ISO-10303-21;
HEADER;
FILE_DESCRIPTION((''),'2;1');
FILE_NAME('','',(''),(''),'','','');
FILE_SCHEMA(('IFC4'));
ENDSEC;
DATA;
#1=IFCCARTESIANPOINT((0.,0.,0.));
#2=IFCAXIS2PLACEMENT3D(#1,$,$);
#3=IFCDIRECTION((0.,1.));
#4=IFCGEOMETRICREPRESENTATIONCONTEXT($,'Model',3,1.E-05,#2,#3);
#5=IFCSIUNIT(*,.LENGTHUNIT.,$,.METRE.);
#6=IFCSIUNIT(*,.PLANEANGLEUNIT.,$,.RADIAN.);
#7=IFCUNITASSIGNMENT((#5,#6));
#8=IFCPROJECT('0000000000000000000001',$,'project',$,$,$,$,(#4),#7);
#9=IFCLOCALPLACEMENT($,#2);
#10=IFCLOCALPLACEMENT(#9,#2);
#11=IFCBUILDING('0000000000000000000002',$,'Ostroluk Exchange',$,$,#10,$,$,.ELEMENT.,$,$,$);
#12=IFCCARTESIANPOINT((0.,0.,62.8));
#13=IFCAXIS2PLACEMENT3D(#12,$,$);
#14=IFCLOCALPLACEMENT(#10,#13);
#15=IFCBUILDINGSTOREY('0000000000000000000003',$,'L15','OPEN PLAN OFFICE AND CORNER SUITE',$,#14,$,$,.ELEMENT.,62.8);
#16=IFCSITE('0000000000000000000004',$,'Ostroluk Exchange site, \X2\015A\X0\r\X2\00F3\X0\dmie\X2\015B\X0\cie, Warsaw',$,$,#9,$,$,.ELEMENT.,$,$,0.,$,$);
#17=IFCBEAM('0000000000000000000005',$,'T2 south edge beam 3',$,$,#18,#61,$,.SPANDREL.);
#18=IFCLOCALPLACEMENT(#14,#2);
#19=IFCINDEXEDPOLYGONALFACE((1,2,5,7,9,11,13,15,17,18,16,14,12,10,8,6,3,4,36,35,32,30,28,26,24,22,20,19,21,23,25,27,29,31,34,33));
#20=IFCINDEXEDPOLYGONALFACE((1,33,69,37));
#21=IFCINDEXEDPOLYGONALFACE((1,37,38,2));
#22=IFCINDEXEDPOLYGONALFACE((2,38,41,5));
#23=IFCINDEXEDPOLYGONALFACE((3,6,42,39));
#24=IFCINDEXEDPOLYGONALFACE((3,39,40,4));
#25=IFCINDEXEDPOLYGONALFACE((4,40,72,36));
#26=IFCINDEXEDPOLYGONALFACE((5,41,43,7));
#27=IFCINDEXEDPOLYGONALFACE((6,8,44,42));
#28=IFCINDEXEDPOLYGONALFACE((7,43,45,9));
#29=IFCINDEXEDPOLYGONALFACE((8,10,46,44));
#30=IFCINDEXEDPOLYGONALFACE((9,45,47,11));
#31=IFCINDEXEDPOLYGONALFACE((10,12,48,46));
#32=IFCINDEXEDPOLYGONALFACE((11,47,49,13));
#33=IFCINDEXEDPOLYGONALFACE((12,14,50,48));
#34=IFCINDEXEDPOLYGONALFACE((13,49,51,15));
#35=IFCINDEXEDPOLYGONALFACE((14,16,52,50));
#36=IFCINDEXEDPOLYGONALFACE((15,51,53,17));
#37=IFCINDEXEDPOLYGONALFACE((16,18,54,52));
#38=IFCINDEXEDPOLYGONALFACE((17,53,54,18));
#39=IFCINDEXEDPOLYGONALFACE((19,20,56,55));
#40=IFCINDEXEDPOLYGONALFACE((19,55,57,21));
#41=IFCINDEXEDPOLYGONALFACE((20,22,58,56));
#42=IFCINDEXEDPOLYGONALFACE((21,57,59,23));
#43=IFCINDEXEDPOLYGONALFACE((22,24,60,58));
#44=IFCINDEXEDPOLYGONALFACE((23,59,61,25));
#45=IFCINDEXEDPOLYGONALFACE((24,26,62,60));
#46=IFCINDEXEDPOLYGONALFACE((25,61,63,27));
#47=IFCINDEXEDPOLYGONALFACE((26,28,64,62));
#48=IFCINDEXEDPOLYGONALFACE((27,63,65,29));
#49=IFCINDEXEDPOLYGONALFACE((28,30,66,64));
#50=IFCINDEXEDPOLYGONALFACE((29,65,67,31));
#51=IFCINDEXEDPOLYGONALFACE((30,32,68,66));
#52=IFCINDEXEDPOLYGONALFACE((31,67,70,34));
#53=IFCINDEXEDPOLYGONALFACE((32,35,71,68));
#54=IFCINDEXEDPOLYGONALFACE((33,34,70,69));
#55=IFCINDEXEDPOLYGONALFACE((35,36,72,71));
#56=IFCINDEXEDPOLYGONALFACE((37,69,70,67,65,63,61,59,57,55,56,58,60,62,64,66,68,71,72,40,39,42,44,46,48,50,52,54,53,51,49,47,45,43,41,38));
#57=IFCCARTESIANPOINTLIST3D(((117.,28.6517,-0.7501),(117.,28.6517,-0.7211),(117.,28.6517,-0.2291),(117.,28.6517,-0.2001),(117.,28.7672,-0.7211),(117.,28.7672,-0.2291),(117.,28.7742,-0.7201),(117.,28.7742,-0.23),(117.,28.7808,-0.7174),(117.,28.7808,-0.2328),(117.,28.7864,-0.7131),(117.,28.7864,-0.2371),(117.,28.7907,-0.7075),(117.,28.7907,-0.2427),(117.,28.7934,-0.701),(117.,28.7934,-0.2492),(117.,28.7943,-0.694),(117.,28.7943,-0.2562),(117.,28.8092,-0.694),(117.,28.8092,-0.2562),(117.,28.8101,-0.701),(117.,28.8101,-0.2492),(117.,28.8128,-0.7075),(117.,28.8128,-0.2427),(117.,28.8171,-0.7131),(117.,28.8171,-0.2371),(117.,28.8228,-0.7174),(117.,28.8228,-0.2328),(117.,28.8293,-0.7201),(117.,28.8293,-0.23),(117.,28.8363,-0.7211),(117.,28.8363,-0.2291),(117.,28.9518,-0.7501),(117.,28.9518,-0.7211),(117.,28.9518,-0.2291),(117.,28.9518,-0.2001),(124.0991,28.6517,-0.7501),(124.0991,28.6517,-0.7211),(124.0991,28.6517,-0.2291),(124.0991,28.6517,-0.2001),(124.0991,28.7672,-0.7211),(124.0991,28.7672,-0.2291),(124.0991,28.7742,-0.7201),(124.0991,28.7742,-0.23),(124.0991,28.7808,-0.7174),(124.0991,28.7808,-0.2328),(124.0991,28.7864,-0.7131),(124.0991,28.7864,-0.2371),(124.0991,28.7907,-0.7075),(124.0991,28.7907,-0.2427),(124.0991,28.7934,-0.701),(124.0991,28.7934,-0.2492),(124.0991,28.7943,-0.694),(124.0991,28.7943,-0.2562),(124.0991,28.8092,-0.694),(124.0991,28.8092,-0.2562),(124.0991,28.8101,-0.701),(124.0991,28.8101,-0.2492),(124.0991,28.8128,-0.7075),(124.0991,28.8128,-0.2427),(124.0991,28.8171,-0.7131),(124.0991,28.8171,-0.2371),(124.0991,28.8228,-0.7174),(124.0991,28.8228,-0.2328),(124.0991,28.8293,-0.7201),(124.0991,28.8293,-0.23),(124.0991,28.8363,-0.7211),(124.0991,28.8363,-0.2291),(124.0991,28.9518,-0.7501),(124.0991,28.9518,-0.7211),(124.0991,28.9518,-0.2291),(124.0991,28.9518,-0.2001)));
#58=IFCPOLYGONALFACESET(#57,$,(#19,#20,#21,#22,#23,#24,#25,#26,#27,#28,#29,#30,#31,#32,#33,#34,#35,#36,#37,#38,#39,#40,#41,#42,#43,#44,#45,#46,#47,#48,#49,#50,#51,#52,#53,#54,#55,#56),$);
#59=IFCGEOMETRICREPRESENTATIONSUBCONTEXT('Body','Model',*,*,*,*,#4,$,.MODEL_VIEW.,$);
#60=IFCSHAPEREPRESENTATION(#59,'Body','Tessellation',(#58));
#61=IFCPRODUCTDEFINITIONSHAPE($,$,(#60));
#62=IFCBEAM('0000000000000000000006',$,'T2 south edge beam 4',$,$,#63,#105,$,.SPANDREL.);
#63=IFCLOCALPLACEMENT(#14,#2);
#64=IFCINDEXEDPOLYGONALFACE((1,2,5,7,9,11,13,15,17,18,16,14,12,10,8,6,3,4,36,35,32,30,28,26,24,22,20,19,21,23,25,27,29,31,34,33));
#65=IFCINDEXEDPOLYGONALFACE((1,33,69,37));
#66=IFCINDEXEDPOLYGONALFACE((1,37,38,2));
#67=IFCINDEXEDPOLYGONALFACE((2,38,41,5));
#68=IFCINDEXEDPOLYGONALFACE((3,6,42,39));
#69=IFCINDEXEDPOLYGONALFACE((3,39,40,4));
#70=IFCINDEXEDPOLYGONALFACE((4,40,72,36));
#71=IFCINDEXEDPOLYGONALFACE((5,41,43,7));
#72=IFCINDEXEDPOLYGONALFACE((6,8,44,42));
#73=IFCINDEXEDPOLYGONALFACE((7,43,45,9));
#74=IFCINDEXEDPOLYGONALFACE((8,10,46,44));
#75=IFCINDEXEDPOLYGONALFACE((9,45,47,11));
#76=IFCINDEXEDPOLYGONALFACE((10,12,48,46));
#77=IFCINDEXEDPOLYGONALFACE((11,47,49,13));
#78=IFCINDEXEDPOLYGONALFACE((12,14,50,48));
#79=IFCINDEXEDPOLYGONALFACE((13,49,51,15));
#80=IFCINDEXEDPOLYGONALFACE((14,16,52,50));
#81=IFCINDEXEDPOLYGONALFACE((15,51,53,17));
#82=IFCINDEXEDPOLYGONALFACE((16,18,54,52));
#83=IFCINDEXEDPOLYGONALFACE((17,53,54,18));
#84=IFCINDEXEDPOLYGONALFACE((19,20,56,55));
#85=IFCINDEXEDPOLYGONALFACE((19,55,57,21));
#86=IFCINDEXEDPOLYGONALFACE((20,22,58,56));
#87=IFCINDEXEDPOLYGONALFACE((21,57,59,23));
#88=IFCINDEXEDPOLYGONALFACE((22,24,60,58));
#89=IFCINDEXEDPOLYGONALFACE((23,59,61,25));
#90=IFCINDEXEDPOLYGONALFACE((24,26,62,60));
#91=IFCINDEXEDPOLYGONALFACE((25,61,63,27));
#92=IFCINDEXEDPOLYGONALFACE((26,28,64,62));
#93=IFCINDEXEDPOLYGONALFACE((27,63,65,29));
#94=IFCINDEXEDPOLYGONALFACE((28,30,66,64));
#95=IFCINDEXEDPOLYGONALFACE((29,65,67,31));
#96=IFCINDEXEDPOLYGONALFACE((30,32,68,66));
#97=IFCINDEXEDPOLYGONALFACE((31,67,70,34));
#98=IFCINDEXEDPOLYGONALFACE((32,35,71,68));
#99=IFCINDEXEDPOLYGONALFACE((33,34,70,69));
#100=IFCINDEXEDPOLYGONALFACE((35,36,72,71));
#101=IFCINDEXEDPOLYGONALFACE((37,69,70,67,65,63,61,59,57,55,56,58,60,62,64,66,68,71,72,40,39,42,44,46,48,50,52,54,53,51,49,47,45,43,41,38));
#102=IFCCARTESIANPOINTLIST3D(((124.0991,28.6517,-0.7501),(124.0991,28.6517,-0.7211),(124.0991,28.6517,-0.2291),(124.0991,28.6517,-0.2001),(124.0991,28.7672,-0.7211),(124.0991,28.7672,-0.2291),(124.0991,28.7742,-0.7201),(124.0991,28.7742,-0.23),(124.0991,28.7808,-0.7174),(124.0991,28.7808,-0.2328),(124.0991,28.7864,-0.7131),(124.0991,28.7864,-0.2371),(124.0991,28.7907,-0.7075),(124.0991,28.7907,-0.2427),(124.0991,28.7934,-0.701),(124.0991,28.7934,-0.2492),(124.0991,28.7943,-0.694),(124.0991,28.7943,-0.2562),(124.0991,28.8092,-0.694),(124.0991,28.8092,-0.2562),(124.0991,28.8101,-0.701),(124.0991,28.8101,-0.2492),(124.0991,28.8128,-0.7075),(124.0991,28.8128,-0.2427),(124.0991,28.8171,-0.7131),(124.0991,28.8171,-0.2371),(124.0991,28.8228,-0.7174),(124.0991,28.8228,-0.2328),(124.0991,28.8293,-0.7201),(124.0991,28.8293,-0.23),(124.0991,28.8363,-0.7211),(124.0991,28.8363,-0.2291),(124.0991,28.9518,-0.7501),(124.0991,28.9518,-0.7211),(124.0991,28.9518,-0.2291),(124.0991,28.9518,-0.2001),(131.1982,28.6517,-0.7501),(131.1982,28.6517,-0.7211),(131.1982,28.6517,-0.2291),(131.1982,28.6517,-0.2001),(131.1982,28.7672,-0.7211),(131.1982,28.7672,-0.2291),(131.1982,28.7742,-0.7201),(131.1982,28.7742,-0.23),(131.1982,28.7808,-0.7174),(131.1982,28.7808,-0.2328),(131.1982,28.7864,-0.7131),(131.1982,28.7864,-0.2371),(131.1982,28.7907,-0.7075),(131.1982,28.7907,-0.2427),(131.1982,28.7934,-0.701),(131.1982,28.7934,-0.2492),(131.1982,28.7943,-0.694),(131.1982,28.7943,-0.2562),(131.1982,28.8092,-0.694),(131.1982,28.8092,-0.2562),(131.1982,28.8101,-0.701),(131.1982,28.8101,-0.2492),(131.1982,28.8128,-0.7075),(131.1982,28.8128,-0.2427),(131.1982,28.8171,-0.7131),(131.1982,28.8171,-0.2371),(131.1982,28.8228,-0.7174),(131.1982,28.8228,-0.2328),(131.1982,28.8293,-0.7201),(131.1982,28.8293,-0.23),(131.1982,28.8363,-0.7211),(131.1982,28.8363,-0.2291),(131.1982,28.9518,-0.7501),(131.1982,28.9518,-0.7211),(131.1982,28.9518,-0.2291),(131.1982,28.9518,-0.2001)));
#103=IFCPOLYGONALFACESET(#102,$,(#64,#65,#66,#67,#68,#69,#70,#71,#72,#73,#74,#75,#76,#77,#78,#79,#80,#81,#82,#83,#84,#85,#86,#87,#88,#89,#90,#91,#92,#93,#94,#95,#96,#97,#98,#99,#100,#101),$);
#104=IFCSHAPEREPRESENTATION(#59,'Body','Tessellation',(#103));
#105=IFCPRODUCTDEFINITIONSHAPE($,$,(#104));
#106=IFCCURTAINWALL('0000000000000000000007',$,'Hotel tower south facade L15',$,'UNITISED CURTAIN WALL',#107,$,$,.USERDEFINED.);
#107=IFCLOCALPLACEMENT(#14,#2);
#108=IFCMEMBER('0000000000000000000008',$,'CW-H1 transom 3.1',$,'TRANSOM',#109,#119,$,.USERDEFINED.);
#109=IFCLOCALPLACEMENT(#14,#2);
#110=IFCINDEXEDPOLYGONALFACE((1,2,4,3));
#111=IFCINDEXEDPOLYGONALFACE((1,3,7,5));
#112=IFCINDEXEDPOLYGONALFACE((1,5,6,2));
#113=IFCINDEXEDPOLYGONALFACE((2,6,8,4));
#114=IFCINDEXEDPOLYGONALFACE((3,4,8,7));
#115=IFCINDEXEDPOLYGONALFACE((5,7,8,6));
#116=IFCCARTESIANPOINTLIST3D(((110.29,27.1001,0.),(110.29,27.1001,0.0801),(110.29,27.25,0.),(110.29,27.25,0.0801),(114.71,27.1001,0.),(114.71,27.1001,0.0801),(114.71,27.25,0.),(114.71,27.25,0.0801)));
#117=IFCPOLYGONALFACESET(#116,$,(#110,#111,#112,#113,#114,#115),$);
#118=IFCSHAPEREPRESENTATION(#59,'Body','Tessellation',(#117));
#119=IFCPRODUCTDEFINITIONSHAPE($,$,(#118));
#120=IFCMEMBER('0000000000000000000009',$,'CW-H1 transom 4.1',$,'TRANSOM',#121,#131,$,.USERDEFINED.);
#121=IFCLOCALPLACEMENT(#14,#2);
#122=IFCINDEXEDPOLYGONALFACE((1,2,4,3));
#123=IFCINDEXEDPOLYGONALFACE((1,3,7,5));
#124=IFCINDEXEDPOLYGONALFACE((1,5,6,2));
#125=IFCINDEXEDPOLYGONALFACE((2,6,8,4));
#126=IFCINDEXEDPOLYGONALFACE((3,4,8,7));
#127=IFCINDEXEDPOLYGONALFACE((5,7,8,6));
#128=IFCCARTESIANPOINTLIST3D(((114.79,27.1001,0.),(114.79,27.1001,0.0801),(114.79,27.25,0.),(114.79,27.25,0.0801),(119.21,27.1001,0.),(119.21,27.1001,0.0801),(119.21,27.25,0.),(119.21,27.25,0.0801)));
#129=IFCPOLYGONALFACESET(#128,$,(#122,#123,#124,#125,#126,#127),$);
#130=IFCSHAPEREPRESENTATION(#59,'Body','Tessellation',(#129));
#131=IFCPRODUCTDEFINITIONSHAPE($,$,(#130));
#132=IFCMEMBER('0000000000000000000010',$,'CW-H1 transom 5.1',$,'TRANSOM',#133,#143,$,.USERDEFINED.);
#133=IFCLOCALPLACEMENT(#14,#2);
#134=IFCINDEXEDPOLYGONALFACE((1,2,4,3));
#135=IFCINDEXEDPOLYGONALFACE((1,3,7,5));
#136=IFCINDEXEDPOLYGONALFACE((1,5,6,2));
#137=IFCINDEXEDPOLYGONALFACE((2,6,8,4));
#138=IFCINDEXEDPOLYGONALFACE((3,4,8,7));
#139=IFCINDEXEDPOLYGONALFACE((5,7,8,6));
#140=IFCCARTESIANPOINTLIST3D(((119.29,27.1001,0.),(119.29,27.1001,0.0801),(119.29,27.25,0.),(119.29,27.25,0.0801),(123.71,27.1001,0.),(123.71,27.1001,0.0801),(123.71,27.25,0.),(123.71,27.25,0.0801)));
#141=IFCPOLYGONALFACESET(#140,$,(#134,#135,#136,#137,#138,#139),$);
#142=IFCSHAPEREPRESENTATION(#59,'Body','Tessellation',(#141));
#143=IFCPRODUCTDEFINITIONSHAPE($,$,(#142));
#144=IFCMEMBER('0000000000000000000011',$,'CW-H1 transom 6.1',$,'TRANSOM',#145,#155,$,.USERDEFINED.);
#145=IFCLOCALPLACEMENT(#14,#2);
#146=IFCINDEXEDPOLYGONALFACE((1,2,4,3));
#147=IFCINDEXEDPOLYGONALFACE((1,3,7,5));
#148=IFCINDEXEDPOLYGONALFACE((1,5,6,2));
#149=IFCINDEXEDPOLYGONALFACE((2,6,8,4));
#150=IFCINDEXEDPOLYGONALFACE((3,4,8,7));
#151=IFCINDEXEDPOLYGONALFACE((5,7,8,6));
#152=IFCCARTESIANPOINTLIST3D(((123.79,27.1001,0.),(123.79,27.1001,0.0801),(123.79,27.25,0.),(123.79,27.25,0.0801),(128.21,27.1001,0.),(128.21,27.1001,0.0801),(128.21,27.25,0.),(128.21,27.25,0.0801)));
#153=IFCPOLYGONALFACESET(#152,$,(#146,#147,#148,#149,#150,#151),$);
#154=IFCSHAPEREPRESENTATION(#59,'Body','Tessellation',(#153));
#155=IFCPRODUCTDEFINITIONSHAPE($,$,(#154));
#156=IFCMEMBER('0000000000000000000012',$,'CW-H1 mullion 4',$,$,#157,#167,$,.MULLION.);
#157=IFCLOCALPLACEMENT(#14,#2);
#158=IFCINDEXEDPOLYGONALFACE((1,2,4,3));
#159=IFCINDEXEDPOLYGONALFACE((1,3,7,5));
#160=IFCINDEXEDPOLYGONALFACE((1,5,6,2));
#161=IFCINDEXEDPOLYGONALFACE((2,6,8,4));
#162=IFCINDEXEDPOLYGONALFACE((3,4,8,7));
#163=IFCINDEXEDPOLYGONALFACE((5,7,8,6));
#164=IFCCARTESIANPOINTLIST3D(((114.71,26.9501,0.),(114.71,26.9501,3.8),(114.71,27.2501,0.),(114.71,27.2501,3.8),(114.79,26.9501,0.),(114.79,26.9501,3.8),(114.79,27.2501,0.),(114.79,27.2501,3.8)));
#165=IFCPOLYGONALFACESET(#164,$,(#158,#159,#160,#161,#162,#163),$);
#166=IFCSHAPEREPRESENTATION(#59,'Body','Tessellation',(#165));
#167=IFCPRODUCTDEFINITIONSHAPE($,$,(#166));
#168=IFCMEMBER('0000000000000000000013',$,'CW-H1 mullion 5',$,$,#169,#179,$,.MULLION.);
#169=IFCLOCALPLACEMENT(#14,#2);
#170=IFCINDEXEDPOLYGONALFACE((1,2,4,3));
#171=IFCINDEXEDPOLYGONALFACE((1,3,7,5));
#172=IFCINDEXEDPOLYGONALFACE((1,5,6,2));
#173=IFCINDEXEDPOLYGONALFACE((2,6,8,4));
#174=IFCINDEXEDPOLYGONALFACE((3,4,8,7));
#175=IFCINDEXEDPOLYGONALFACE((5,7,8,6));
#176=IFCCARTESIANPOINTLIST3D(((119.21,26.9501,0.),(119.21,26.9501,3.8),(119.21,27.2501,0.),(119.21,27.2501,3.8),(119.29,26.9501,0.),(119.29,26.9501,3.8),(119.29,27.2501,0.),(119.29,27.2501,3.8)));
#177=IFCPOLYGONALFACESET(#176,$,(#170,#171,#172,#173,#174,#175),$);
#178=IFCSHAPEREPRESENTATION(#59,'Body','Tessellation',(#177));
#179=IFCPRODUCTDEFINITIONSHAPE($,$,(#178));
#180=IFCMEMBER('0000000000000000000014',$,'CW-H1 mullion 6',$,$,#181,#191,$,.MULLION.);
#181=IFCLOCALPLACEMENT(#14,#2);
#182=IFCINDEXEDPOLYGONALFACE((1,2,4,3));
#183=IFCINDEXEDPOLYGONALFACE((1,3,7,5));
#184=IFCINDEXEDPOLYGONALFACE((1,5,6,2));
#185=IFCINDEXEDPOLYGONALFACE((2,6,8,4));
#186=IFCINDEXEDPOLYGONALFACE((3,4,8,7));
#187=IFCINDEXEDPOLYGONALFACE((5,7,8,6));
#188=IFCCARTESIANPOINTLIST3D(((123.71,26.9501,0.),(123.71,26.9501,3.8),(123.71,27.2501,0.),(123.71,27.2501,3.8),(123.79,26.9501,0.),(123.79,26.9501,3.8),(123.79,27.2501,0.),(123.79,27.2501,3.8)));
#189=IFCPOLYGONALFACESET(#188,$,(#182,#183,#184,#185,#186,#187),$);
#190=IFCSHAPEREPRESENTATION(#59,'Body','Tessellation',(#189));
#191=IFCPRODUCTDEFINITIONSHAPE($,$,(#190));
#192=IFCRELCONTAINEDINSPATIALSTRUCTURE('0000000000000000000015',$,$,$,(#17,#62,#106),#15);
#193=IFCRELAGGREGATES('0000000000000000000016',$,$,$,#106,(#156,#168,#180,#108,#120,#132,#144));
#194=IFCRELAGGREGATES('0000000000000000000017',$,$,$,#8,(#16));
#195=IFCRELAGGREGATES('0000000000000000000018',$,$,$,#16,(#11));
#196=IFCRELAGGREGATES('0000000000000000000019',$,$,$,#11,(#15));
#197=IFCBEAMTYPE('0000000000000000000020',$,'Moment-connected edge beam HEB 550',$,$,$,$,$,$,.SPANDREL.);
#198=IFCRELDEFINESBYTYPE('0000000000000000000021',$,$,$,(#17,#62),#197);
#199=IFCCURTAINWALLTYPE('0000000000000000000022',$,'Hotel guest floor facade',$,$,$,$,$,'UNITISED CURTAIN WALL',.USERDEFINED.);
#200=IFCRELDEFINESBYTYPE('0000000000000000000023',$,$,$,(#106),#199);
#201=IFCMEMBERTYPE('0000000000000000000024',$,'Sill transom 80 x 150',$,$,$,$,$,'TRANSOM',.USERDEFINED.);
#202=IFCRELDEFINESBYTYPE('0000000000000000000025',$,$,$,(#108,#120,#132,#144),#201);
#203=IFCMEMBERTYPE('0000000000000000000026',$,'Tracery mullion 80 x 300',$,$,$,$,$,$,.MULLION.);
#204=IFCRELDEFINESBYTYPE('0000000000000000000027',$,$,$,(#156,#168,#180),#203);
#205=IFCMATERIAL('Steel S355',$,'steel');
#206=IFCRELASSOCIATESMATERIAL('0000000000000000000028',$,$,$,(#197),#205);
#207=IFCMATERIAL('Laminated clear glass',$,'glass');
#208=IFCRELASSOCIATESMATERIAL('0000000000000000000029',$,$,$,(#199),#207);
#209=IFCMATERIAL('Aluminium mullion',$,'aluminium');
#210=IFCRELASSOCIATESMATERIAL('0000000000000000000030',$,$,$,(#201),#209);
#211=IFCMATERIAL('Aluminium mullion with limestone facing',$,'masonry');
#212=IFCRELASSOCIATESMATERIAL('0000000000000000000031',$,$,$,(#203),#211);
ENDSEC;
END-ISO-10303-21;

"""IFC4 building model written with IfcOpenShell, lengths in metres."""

from ifc_helpers import new_model, si_unit, direction, frame, origin, origin_2d, place, context, subcontext, project, spatial, rectangle, i_section, extrude, material, material_profile, profile_set, type_object, element, aggregate, save


model = new_model("IFC4")

# Units and contexts
model_context = context("Model", 3, precision=1e-05, world=origin(), true_north=direction((0.0, 1.0)))
body_context = subcontext(model_context, "Body", "Model", "MODEL_VIEW")
ifc_project = project(units=[si_unit("LENGTHUNIT", "METRE"), si_unit("PLANEANGLEUNIT", "RADIAN")], contexts=[model_context])

# Site, building, storey
site_placement = place(None, origin())
site = spatial("IfcSite", under=ifc_project, at=site_placement, Name="Ostroluk Exchange site, Śródmieście, Warsaw", CompositionType="ELEMENT", RefElevation=0.0)
building_placement = place(site_placement, origin())
building = spatial("IfcBuilding", under=site, at=building_placement, Name="Ostroluk Exchange", CompositionType="ELEMENT")
storey_placement = place(building_placement, frame((0.0, 0.0, 62.8)))
storey = spatial("IfcBuildingStorey", under=building, at=storey_placement, Name="L15", Description="OPEN PLAN OFFICE AND CORNER SUITE", CompositionType="ELEMENT", Elevation=62.8)

# Beams
ifc_material_1 = material(Name="Steel S355", Category="steel")
ifc_material_profile_1 = material_profile(ifc_material_1, i_section(OverallWidth=0.3, OverallDepth=0.55, WebThickness=0.0149, FlangeThickness=0.0291, FilletRadius=0.0271, at=origin_2d()), Name="HEB 550")
ifc_profile_set_1 = profile_set([ifc_material_profile_1], Name="Steel S355")
beam_type = type_object("IfcBeamType", Name="Moment-connected edge beam HEB 550", PredefinedType="SPANDREL", material=ifc_profile_set_1)
for number, where, z_axis, x_axis, name in (
    (1, (117.0, 28.8018, -0.4751), (1.0, 0.0, 0.0), (0.0, 1.0, 0.0), "T2 south edge beam 3"),
    (2, (124.0991, 28.8018, -0.4751), (1.0, 0.0, 0.0), (0.0, 1.0, 0.0), "T2 south edge beam 4"),
):
    element("IfcBeam", number, at=place(storey_placement, frame(where, z_axis=z_axis, x_axis=x_axis)), inside=storey, type_object=beam_type, Name=name, PredefinedType="SPANDREL", context=body_context, shape_type="SweptSolid", body=[
        extrude(i_section(OverallWidth=0.3, OverallDepth=0.55, WebThickness=0.0149, FlangeThickness=0.0291, FilletRadius=0.0271, at=origin_2d()), origin(), (0.0, 0.0, 1.0), 7.0991),
    ])

# Curtain wall, members
ifc_material_2 = material(Name="Laminated clear glass", Category="glass")
curtain_wall_type = type_object("IfcCurtainWallType", Name="Hotel guest floor facade", ElementType="UNITISED CURTAIN WALL", PredefinedType="USERDEFINED", material=ifc_material_2)
curtain_wall_placement = place(storey_placement, origin())
curtain_wall = element("IfcCurtainWall", 3, at=curtain_wall_placement, inside=storey, type_object=curtain_wall_type, Name="Hotel tower south facade L15", ObjectType="UNITISED CURTAIN WALL", PredefinedType="USERDEFINED")
ifc_material_3 = material(Name="Aluminium mullion", Category="aluminium")
ifc_material_profile_2 = material_profile(ifc_material_3, rectangle(XDim=0.1499, YDim=0.0801, at=origin_2d()), Name="Sill transom 80 x 150")
ifc_profile_set_2 = profile_set([ifc_material_profile_2], Name="Aluminium mullion")
member_type_1 = type_object("IfcMemberType", Name="Sill transom 80 x 150", ElementType="TRANSOM", PredefinedType="USERDEFINED", material=ifc_profile_set_2)
member_1_placement = place(storey_placement, frame((110.29, 27.175, 0.04), z_axis=(1.0, 0.0, 0.0), x_axis=(0.0, 1.0, 0.0)))
member_1 = element("IfcMember", 4, at=member_1_placement, type_object=member_type_1, Name="CW-H1 transom 3.1", ObjectType="TRANSOM", PredefinedType="USERDEFINED", context=body_context, shape_type="SweptSolid", body=[
    extrude(rectangle(XDim=0.1499, YDim=0.0801, at=origin_2d()), origin(), (0.0, 0.0, 1.0), 4.4199),
])
member_2_placement = place(storey_placement, frame((114.79, 27.175, 0.04), z_axis=(1.0, 0.0, 0.0), x_axis=(0.0, 1.0, 0.0)))
member_2 = element("IfcMember", 5, at=member_2_placement, type_object=member_type_1, Name="CW-H1 transom 4.1", ObjectType="TRANSOM", PredefinedType="USERDEFINED", context=body_context, shape_type="SweptSolid", body=[
    extrude(rectangle(XDim=0.1499, YDim=0.0801, at=origin_2d()), origin(), (0.0, 0.0, 1.0), 4.4199),
])
member_3_placement = place(storey_placement, frame((119.29, 27.175, 0.04), z_axis=(1.0, 0.0, 0.0), x_axis=(0.0, 1.0, 0.0)))
member_3 = element("IfcMember", 6, at=member_3_placement, type_object=member_type_1, Name="CW-H1 transom 5.1", ObjectType="TRANSOM", PredefinedType="USERDEFINED", context=body_context, shape_type="SweptSolid", body=[
    extrude(rectangle(XDim=0.1499, YDim=0.0801, at=origin_2d()), origin(), (0.0, 0.0, 1.0), 4.4199),
])
member_4_placement = place(storey_placement, frame((123.79, 27.175, 0.04), z_axis=(1.0, 0.0, 0.0), x_axis=(0.0, 1.0, 0.0)))
member_4 = element("IfcMember", 7, at=member_4_placement, type_object=member_type_1, Name="CW-H1 transom 6.1", ObjectType="TRANSOM", PredefinedType="USERDEFINED", context=body_context, shape_type="SweptSolid", body=[
    extrude(rectangle(XDim=0.1499, YDim=0.0801, at=origin_2d()), origin(), (0.0, 0.0, 1.0), 4.4199),
])
ifc_material_4 = material(Name="Aluminium mullion with limestone facing", Category="masonry")
ifc_material_profile_3 = material_profile(ifc_material_4, rectangle(XDim=0.3, YDim=0.0801, at=origin_2d()), Name="Tracery mullion 80 x 300")
ifc_profile_set_3 = profile_set([ifc_material_profile_3], Name="Aluminium mullion with limestone facing")
member_type_2 = type_object("IfcMemberType", Name="Tracery mullion 80 x 300", PredefinedType="MULLION", material=ifc_profile_set_3)
member_5_placement = place(storey_placement, frame((114.75, 27.1001, 0.0), z_axis=(0.0, 0.0, 1.0), x_axis=(0.0, 1.0, 0.0)))
member_5 = element("IfcMember", 8, at=member_5_placement, type_object=member_type_2, Name="CW-H1 mullion 4", PredefinedType="MULLION", context=body_context, shape_type="SweptSolid", body=[
    extrude(rectangle(XDim=0.3, YDim=0.0801, at=origin_2d()), origin(), (0.0, 0.0, 1.0), 3.8),
])
member_6_placement = place(storey_placement, frame((119.25, 27.1001, 0.0), z_axis=(0.0, 0.0, 1.0), x_axis=(0.0, 1.0, 0.0)))
member_6 = element("IfcMember", 9, at=member_6_placement, type_object=member_type_2, Name="CW-H1 mullion 5", PredefinedType="MULLION", context=body_context, shape_type="SweptSolid", body=[
    extrude(rectangle(XDim=0.3, YDim=0.0801, at=origin_2d()), origin(), (0.0, 0.0, 1.0), 3.8),
])
member_7_placement = place(storey_placement, frame((123.75, 27.1001, 0.0), z_axis=(0.0, 0.0, 1.0), x_axis=(0.0, 1.0, 0.0)))
member_7 = element("IfcMember", 10, at=member_7_placement, type_object=member_type_2, Name="CW-H1 mullion 6", PredefinedType="MULLION", context=body_context, shape_type="SweptSolid", body=[
    extrude(rectangle(XDim=0.3, YDim=0.0801, at=origin_2d()), origin(), (0.0, 0.0, 1.0), 3.8),
])
aggregate(curtain_wall, [member_5, member_6, member_7, member_1, member_2, member_3, member_4])

save(model, "model.ifc")
